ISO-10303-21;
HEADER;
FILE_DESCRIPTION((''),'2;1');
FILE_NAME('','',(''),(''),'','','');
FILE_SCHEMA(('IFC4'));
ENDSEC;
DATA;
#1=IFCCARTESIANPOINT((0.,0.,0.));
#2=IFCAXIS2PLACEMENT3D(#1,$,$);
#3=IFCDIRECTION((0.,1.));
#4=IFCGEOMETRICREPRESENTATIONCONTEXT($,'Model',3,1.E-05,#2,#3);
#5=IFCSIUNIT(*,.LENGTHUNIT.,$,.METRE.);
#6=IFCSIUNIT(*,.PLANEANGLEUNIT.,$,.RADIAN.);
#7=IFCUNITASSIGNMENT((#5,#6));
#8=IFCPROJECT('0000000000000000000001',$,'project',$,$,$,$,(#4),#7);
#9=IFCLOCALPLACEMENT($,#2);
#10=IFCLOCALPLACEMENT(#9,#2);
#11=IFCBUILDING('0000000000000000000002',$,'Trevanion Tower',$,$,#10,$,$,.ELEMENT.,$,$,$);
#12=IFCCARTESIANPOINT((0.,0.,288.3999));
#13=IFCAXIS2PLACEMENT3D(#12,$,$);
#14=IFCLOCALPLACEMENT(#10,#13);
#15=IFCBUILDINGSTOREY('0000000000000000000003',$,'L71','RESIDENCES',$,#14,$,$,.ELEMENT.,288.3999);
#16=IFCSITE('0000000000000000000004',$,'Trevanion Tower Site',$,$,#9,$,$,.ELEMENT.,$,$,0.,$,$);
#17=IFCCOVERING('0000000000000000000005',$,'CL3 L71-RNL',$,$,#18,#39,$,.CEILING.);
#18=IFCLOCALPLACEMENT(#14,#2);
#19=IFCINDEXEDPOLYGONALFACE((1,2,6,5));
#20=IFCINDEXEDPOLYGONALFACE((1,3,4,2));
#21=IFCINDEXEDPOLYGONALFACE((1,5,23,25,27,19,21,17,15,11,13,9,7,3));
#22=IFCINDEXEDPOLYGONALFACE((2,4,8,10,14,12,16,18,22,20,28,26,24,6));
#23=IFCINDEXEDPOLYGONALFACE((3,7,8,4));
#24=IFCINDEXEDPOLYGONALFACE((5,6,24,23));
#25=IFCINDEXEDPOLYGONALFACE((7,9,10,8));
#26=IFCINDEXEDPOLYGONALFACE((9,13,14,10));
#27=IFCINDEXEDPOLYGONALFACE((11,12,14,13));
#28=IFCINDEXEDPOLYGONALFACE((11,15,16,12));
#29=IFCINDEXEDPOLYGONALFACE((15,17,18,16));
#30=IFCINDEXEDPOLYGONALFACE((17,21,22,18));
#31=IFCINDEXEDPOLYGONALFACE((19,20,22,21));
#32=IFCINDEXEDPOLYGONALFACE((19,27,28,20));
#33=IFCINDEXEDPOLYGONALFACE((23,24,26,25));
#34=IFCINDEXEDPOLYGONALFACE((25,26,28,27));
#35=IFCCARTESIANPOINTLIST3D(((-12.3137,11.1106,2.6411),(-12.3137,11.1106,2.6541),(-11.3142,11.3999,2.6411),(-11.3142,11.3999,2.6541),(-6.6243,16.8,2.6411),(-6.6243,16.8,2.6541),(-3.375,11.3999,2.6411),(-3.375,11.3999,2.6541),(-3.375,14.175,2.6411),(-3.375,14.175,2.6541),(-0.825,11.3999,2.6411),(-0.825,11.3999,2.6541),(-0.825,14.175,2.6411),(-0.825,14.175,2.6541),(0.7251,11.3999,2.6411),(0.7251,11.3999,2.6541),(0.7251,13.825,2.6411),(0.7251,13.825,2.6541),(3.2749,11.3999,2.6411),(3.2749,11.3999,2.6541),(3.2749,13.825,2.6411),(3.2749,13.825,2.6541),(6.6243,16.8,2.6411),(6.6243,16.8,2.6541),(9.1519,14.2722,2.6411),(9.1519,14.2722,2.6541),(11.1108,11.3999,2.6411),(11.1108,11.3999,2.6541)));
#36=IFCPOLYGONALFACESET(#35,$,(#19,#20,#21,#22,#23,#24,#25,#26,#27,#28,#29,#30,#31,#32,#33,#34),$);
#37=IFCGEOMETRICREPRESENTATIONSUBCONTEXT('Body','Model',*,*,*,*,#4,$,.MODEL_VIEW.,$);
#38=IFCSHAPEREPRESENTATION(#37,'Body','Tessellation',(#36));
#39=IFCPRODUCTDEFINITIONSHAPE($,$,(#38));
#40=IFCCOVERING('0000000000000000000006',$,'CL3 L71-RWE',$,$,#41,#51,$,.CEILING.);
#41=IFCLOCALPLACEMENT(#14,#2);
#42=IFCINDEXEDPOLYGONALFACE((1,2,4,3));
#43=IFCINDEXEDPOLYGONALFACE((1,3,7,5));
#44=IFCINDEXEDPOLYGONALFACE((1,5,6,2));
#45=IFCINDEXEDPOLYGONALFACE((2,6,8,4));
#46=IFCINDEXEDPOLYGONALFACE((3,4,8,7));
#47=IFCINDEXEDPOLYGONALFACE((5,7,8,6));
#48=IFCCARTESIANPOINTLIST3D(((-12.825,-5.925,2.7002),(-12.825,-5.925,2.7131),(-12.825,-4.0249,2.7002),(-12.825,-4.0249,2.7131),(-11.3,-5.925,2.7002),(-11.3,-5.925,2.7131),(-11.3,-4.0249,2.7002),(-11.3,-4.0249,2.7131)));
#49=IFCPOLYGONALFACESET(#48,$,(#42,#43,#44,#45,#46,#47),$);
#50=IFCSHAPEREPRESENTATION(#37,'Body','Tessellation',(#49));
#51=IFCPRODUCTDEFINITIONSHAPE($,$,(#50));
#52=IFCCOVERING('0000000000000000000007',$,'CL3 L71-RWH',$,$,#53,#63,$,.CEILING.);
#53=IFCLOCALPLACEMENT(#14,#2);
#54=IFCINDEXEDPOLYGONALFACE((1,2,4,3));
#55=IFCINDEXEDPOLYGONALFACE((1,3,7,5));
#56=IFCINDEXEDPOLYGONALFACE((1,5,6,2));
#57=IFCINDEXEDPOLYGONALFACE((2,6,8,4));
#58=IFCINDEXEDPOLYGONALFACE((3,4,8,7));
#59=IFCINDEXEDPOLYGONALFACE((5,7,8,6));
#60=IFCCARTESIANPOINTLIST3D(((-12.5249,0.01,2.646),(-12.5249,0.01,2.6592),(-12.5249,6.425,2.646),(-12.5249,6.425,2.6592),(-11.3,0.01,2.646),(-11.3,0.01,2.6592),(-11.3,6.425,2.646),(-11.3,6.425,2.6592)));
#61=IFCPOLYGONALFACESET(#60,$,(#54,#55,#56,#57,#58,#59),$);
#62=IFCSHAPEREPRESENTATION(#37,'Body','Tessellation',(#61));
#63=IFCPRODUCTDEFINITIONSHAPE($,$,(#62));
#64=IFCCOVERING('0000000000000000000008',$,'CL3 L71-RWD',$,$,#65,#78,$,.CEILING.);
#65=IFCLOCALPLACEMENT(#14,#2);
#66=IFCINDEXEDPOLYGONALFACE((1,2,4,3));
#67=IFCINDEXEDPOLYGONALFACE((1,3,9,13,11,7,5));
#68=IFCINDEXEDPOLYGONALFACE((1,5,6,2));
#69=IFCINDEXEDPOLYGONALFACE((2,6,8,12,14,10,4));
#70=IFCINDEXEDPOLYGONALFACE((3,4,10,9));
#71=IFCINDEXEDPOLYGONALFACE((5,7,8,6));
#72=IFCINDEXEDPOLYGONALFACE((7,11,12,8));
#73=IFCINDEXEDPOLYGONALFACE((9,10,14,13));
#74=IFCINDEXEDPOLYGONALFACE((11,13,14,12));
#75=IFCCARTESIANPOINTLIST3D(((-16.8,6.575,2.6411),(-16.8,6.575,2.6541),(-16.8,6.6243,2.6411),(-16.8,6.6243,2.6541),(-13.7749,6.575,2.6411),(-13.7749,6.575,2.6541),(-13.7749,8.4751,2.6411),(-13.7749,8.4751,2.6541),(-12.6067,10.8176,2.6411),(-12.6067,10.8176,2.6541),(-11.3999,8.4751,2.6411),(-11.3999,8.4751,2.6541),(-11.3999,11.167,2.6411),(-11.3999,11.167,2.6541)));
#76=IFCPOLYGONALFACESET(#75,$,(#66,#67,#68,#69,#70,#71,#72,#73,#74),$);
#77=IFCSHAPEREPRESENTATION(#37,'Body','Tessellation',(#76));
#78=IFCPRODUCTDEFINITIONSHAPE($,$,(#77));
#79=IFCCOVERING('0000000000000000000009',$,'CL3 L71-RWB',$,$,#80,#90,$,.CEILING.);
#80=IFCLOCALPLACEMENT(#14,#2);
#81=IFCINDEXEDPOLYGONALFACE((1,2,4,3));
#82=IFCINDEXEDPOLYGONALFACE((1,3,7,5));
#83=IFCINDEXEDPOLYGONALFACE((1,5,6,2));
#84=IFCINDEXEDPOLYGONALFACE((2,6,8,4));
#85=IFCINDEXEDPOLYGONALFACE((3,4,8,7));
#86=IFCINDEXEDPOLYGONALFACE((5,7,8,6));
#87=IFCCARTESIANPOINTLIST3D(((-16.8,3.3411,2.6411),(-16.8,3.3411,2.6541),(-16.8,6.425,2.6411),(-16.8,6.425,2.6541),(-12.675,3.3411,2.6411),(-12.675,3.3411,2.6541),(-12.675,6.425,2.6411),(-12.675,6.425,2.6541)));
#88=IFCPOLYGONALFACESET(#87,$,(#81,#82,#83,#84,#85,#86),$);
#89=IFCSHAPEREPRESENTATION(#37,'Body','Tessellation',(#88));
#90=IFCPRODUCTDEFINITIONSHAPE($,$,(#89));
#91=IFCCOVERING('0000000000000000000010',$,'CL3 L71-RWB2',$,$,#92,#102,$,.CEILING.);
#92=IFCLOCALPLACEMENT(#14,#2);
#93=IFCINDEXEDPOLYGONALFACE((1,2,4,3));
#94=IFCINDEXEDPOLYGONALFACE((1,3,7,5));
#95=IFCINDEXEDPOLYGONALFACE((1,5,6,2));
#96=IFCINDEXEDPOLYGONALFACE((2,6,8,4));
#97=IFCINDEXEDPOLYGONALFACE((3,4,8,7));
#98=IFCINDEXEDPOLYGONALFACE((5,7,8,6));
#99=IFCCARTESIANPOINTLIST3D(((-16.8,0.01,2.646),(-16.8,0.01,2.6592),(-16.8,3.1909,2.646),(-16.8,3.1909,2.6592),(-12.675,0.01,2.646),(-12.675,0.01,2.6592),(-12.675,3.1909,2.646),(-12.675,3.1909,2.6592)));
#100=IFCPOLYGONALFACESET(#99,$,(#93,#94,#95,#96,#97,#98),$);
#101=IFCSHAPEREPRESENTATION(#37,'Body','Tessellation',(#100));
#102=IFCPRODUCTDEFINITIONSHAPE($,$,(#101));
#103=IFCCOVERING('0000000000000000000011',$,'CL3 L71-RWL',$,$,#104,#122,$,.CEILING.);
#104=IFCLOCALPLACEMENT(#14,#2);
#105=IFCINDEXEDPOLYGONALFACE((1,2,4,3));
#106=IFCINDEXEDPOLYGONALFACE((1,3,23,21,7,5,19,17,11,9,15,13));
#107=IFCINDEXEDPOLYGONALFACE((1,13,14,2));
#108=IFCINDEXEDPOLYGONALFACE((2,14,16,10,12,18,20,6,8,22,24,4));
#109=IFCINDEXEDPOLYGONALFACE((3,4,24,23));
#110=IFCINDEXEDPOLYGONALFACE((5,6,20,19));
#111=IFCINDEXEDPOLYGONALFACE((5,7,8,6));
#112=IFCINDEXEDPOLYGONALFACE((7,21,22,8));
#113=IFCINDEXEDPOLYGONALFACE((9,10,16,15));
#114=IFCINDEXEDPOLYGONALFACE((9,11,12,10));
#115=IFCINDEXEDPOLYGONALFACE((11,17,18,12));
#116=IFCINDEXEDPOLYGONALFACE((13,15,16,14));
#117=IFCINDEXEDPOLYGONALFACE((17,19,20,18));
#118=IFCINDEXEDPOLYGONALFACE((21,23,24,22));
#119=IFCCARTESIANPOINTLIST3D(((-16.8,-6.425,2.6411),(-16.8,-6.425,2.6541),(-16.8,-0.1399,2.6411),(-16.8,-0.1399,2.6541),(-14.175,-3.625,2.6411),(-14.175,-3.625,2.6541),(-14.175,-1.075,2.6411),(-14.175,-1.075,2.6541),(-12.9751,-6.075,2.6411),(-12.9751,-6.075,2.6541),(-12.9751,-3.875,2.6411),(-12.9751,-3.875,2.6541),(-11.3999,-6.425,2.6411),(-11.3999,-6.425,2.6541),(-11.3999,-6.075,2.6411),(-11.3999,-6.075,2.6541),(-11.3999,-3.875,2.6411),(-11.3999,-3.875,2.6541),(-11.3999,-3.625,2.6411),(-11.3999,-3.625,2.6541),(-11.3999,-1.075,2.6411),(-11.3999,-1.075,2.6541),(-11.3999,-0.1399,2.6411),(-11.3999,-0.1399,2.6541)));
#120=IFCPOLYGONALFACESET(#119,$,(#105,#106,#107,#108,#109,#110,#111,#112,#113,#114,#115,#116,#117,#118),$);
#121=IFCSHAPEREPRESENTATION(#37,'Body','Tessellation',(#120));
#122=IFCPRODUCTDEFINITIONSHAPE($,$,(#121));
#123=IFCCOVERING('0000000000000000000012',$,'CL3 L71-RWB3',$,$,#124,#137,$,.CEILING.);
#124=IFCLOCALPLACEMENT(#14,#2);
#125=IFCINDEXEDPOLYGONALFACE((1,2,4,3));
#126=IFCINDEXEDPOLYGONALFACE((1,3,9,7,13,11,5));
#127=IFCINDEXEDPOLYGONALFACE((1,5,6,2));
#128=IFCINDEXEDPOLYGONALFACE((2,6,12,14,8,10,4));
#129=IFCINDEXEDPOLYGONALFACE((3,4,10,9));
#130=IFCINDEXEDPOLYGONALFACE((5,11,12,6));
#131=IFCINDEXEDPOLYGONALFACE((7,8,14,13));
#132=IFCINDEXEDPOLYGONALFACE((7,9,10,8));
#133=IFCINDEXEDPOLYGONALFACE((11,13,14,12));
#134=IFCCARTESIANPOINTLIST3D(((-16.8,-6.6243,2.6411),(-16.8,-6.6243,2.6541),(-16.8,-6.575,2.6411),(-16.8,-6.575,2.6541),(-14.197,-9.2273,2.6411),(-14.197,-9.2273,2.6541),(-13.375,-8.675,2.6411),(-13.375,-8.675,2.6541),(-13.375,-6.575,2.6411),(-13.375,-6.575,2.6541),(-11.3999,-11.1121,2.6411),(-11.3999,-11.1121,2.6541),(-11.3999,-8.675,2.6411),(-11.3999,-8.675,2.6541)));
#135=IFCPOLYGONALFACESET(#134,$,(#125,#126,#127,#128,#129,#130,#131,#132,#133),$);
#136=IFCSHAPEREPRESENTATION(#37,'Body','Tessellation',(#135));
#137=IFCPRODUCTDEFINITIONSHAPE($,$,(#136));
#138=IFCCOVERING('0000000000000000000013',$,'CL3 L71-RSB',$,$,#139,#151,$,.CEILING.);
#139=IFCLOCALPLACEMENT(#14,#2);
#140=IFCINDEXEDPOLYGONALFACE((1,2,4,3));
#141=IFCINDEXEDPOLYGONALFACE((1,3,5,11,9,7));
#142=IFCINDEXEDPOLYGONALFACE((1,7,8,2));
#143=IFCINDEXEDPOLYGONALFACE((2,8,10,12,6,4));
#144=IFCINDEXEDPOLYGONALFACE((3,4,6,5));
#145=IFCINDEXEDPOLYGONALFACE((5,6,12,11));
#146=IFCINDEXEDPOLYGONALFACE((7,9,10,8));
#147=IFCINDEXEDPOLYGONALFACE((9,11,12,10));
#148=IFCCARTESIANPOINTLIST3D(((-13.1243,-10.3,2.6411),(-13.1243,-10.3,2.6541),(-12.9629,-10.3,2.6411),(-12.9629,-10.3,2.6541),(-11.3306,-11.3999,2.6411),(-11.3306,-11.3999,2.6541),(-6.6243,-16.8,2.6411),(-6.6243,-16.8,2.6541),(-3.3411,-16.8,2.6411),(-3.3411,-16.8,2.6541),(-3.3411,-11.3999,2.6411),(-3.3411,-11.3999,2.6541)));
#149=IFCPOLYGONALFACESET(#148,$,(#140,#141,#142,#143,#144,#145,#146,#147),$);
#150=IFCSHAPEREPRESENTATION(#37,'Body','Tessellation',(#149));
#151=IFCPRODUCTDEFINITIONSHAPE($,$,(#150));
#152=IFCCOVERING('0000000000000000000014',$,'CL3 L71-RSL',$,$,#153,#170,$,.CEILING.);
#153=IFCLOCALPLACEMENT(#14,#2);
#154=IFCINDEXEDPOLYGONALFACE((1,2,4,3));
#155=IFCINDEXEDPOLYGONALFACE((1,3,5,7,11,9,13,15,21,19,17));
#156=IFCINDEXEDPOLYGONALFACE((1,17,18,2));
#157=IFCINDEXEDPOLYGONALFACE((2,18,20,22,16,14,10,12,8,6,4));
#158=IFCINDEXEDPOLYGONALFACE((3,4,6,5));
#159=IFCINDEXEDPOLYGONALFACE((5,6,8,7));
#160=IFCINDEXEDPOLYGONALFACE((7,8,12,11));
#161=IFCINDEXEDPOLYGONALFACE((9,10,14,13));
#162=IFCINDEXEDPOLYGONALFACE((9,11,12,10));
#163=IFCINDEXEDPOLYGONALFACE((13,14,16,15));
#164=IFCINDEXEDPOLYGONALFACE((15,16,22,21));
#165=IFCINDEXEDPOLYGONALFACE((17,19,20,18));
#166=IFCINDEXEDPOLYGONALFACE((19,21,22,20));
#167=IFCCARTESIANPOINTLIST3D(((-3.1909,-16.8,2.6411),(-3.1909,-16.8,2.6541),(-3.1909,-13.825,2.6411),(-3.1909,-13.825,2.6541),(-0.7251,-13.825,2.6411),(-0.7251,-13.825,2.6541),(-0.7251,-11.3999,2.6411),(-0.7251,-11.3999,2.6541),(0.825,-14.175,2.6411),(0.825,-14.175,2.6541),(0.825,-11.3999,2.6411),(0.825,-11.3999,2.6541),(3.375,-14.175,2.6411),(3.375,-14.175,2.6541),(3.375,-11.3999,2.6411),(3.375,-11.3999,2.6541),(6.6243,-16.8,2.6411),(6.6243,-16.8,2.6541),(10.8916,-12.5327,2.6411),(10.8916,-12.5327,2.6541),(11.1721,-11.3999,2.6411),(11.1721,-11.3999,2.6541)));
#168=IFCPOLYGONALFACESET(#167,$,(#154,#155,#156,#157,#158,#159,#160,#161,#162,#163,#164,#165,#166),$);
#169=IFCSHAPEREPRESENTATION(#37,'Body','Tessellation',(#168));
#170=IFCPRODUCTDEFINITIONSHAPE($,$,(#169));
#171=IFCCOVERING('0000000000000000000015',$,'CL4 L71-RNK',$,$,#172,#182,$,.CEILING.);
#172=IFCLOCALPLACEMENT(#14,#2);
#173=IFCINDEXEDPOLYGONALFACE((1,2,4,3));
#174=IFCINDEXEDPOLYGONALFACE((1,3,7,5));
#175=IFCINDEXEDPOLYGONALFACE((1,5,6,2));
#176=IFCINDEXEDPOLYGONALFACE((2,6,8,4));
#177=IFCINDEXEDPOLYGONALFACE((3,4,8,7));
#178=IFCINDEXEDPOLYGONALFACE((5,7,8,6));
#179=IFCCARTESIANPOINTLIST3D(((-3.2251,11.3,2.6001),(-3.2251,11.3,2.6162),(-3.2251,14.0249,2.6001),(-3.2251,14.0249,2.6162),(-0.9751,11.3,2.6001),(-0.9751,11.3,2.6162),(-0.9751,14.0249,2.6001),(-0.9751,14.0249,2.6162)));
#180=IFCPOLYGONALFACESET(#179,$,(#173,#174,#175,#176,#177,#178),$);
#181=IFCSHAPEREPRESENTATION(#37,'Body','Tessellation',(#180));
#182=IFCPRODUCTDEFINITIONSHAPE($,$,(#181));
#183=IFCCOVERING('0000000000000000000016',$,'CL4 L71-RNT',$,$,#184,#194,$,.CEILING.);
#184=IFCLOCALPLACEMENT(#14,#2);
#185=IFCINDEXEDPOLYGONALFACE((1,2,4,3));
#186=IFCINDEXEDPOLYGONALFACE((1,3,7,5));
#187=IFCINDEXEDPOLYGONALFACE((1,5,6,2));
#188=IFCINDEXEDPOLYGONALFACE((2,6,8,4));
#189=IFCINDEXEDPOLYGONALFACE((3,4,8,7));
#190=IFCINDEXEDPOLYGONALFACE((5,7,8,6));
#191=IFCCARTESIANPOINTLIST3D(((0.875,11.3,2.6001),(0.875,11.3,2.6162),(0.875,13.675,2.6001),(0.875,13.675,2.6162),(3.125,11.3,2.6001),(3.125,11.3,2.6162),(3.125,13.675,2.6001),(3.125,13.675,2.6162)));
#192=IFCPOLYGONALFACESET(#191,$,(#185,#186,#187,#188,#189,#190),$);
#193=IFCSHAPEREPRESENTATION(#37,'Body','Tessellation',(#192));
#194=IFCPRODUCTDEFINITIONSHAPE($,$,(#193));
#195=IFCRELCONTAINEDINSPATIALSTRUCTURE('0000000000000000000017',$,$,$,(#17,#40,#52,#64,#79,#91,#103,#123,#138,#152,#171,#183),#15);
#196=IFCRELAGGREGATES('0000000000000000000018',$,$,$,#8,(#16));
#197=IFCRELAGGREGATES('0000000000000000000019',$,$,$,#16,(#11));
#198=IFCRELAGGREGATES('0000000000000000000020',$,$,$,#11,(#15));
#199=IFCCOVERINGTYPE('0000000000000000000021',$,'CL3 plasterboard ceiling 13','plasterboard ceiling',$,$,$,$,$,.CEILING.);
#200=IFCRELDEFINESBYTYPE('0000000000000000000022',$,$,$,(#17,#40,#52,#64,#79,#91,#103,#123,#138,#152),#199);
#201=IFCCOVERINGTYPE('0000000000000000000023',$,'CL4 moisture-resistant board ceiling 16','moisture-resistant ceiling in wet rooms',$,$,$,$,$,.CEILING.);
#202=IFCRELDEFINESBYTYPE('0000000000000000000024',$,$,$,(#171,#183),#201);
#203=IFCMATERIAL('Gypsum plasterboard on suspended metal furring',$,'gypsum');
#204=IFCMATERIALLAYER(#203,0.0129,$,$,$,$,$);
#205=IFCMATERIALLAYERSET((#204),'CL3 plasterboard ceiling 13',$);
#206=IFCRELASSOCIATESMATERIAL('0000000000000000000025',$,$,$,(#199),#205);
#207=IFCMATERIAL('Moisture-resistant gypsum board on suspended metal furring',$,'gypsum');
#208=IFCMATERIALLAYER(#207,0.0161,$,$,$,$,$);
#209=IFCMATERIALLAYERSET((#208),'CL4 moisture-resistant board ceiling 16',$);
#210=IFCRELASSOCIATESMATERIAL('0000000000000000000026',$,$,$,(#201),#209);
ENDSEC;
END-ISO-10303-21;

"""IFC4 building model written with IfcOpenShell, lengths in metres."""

from ifc_helpers import new_model, si_unit, direction, frame, origin, place, context, subcontext, project, spatial, polyline, outline, extrude, material, layer, layer_set, type_object, element, save


model = new_model("IFC4")

# Units and contexts
model_context = context("Model", 3, precision=1e-05, world=origin(), true_north=direction((0.0, 1.0)))
body_context = subcontext(model_context, "Body", "Model", "MODEL_VIEW")
ifc_project = project(units=[si_unit("LENGTHUNIT", "METRE"), si_unit("PLANEANGLEUNIT", "RADIAN")], contexts=[model_context])

# Site, building, storey
site_placement = place(None, origin())
site = spatial("IfcSite", under=ifc_project, at=site_placement, Name="Trevanion Tower Site", CompositionType="ELEMENT", RefElevation=0.0)
building_placement = place(site_placement, origin())
building = spatial("IfcBuilding", under=site, at=building_placement, Name="Trevanion Tower", CompositionType="ELEMENT")
storey_placement = place(building_placement, frame((0.0, 0.0, 288.3999)))
storey = spatial("IfcBuildingStorey", under=building, at=storey_placement, Name="L71", Description="RESIDENCES", CompositionType="ELEMENT", Elevation=288.3999)

# Coverings
ifc_material_1 = material(Name="Gypsum plasterboard on suspended metal furring", Category="gypsum")
ifc_layer_1 = layer(ifc_material_1, 0.0129)
ifc_layer_set_1 = layer_set([ifc_layer_1], Name="CL3 plasterboard ceiling 13")
covering_type_1 = type_object("IfcCoveringType", Name="CL3 plasterboard ceiling 13", Description="plasterboard ceiling", PredefinedType="CEILING", material=ifc_layer_set_1)
covering_1_placement = place(storey_placement, frame((0.0, 0.0, 2.6411)))
element("IfcCovering", 1, at=covering_1_placement, inside=storey, type_object=covering_type_1, Name="CL3 L71-RNL", PredefinedType="CEILING", context=body_context, shape_type="SweptSolid", body=[
    extrude(outline(polyline([(9.1519, 14.2722), (11.1108, 11.3999), (3.2749, 11.3999), (3.2749, 13.825), (0.7251, 13.825), (0.7251, 11.3999), (-0.825, 11.3999), (-0.825, 14.175), (-3.375, 14.175), (-3.375, 11.3999), (-11.3142, 11.3999), (-12.3137, 11.1106), (-6.6243, 16.8), (6.6243, 16.8), (9.1519, 14.2722)])), origin(), (0.0, 0.0, 1.0), 0.0129),
])
covering_2_placement = place(storey_placement, frame((0.0, 0.0, 2.7002)))
element("IfcCovering", 2, at=covering_2_placement, inside=storey, type_object=covering_type_1, Name="CL3 L71-RWE", PredefinedType="CEILING", context=body_context, shape_type="SweptSolid", body=[
    extrude(outline(polyline([(-12.825, -4.0249), (-12.825, -5.925), (-11.3, -5.925), (-11.3, -4.0249), (-12.825, -4.0249)])), origin(), (0.0, 0.0, 1.0), 0.0129),
])
covering_3_placement = place(storey_placement, frame((0.0, 0.0, 2.646)))
element("IfcCovering", 3, at=covering_3_placement, inside=storey, type_object=covering_type_1, Name="CL3 L71-RWH", PredefinedType="CEILING", context=body_context, shape_type="SweptSolid", body=[
    extrude(outline(polyline([(-12.5249, 6.425), (-12.5249, 0.01), (-11.3, 0.01), (-11.3, 6.425), (-12.5249, 6.425)])), origin(), (0.0, 0.0, 1.0), 0.0132),
])
covering_4_placement = place(storey_placement, frame((0.0, 0.0, 2.6411)))
element("IfcCovering", 4, at=covering_4_placement, inside=storey, type_object=covering_type_1, Name="CL3 L71-RWD", PredefinedType="CEILING", context=body_context, shape_type="SweptSolid", body=[
    extrude(outline(polyline([(-12.6067, 10.8176), (-11.3999, 11.167), (-11.3999, 8.4751), (-13.7749, 8.4751), (-13.7749, 6.575), (-16.8, 6.575), (-16.8, 6.6243), (-12.6067, 10.8176)])), origin(), (0.0, 0.0, 1.0), 0.0129),
])
covering_5_placement = place(storey_placement, frame((0.0, 0.0, 2.6411)))
element("IfcCovering", 5, at=covering_5_placement, inside=storey, type_object=covering_type_1, Name="CL3 L71-RWB", PredefinedType="CEILING", context=body_context, shape_type="SweptSolid", body=[
    extrude(outline(polyline([(-12.675, 6.425), (-12.675, 3.3411), (-16.8, 3.3411), (-16.8, 6.425), (-12.675, 6.425)])), origin(), (0.0, 0.0, 1.0), 0.0129),
])
covering_6_placement = place(storey_placement, frame((0.0, 0.0, 2.646)))
element("IfcCovering", 6, at=covering_6_placement, inside=storey, type_object=covering_type_1, Name="CL3 L71-RWB2", PredefinedType="CEILING", context=body_context, shape_type="SweptSolid", body=[
    extrude(outline(polyline([(-12.675, 3.1909), (-12.675, 0.01), (-16.8, 0.01), (-16.8, 3.1909), (-12.675, 3.1909)])), origin(), (0.0, 0.0, 1.0), 0.0132),
])
covering_7_placement = place(storey_placement, frame((0.0, 0.0, 2.6411)))
element("IfcCovering", 7, at=covering_7_placement, inside=storey, type_object=covering_type_1, Name="CL3 L71-RWL", PredefinedType="CEILING", context=body_context, shape_type="SweptSolid", body=[
    extrude(outline(polyline([(-11.3999, -0.1399), (-11.3999, -1.075), (-14.175, -1.075), (-14.175, -3.625), (-11.3999, -3.625), (-11.3999, -3.875), (-12.9751, -3.875), (-12.9751, -6.075), (-11.3999, -6.075), (-11.3999, -6.425), (-16.8, -6.425), (-16.8, -0.1399), (-11.3999, -0.1399)])), origin(), (0.0, 0.0, 1.0), 0.0129),
])
covering_8_placement = place(storey_placement, frame((0.0, 0.0, 2.6411)))
element("IfcCovering", 8, at=covering_8_placement, inside=storey, type_object=covering_type_1, Name="CL3 L71-RWB3", PredefinedType="CEILING", context=body_context, shape_type="SweptSolid", body=[
    extrude(outline(polyline([(-13.375, -6.575), (-13.375, -8.675), (-11.3999, -8.675), (-11.3999, -11.1121), (-14.197, -9.2273), (-16.8, -6.6243), (-16.8, -6.575), (-13.375, -6.575)])), origin(), (0.0, 0.0, 1.0), 0.0129),
])
covering_9_placement = place(storey_placement, frame((0.0, 0.0, 2.6411)))
element("IfcCovering", 9, at=covering_9_placement, inside=storey, type_object=covering_type_1, Name="CL3 L71-RSB", PredefinedType="CEILING", context=body_context, shape_type="SweptSolid", body=[
    extrude(outline(polyline([(-12.9629, -10.3), (-11.3306, -11.3999), (-3.3411, -11.3999), (-3.3411, -16.8), (-6.6243, -16.8), (-13.1243, -10.3), (-12.9629, -10.3)])), origin(), (0.0, 0.0, 1.0), 0.0129),
])
covering_10_placement = place(storey_placement, frame((0.0, 0.0, 2.6411)))
element("IfcCovering", 10, at=covering_10_placement, inside=storey, type_object=covering_type_1, Name="CL3 L71-RSL", PredefinedType="CEILING", context=body_context, shape_type="SweptSolid", body=[
    extrude(outline(polyline([(10.8916, -12.5327), (6.6243, -16.8), (-3.1909, -16.8), (-3.1909, -13.825), (-0.7251, -13.825), (-0.7251, -11.3999), (0.825, -11.3999), (0.825, -14.175), (3.375, -14.175), (3.375, -11.3999), (11.1721, -11.3999), (10.8916, -12.5327)])), origin(), (0.0, 0.0, 1.0), 0.0129),
])
ifc_material_2 = material(Name="Moisture-resistant gypsum board on suspended metal furring", Category="gypsum")
ifc_layer_2 = layer(ifc_material_2, 0.0161)
ifc_layer_set_2 = layer_set([ifc_layer_2], Name="CL4 moisture-resistant board ceiling 16")
covering_type_2 = type_object("IfcCoveringType", Name="CL4 moisture-resistant board ceiling 16", Description="moisture-resistant ceiling in wet rooms", PredefinedType="CEILING", material=ifc_layer_set_2)
covering_11_placement = place(storey_placement, frame((0.0, 0.0, 2.6001)))
element("IfcCovering", 11, at=covering_11_placement, inside=storey, type_object=covering_type_2, Name="CL4 L71-RNK", PredefinedType="CEILING", context=body_context, shape_type="SweptSolid", body=[
    extrude(outline(polyline([(-0.9751, 14.0249), (-3.2251, 14.0249), (-3.2251, 11.3), (-0.9751, 11.3), (-0.9751, 14.0249)])), origin(), (0.0, 0.0, 1.0), 0.0161),
])
covering_12_placement = place(storey_placement, frame((0.0, 0.0, 2.6001)))
element("IfcCovering", 12, at=covering_12_placement, inside=storey, type_object=covering_type_2, Name="CL4 L71-RNT", PredefinedType="CEILING", context=body_context, shape_type="SweptSolid", body=[
    extrude(outline(polyline([(3.125, 13.675), (0.875, 13.675), (0.875, 11.3), (3.125, 11.3), (3.125, 13.675)])), origin(), (0.0, 0.0, 1.0), 0.0161),
])

save(model, "model.ifc")
